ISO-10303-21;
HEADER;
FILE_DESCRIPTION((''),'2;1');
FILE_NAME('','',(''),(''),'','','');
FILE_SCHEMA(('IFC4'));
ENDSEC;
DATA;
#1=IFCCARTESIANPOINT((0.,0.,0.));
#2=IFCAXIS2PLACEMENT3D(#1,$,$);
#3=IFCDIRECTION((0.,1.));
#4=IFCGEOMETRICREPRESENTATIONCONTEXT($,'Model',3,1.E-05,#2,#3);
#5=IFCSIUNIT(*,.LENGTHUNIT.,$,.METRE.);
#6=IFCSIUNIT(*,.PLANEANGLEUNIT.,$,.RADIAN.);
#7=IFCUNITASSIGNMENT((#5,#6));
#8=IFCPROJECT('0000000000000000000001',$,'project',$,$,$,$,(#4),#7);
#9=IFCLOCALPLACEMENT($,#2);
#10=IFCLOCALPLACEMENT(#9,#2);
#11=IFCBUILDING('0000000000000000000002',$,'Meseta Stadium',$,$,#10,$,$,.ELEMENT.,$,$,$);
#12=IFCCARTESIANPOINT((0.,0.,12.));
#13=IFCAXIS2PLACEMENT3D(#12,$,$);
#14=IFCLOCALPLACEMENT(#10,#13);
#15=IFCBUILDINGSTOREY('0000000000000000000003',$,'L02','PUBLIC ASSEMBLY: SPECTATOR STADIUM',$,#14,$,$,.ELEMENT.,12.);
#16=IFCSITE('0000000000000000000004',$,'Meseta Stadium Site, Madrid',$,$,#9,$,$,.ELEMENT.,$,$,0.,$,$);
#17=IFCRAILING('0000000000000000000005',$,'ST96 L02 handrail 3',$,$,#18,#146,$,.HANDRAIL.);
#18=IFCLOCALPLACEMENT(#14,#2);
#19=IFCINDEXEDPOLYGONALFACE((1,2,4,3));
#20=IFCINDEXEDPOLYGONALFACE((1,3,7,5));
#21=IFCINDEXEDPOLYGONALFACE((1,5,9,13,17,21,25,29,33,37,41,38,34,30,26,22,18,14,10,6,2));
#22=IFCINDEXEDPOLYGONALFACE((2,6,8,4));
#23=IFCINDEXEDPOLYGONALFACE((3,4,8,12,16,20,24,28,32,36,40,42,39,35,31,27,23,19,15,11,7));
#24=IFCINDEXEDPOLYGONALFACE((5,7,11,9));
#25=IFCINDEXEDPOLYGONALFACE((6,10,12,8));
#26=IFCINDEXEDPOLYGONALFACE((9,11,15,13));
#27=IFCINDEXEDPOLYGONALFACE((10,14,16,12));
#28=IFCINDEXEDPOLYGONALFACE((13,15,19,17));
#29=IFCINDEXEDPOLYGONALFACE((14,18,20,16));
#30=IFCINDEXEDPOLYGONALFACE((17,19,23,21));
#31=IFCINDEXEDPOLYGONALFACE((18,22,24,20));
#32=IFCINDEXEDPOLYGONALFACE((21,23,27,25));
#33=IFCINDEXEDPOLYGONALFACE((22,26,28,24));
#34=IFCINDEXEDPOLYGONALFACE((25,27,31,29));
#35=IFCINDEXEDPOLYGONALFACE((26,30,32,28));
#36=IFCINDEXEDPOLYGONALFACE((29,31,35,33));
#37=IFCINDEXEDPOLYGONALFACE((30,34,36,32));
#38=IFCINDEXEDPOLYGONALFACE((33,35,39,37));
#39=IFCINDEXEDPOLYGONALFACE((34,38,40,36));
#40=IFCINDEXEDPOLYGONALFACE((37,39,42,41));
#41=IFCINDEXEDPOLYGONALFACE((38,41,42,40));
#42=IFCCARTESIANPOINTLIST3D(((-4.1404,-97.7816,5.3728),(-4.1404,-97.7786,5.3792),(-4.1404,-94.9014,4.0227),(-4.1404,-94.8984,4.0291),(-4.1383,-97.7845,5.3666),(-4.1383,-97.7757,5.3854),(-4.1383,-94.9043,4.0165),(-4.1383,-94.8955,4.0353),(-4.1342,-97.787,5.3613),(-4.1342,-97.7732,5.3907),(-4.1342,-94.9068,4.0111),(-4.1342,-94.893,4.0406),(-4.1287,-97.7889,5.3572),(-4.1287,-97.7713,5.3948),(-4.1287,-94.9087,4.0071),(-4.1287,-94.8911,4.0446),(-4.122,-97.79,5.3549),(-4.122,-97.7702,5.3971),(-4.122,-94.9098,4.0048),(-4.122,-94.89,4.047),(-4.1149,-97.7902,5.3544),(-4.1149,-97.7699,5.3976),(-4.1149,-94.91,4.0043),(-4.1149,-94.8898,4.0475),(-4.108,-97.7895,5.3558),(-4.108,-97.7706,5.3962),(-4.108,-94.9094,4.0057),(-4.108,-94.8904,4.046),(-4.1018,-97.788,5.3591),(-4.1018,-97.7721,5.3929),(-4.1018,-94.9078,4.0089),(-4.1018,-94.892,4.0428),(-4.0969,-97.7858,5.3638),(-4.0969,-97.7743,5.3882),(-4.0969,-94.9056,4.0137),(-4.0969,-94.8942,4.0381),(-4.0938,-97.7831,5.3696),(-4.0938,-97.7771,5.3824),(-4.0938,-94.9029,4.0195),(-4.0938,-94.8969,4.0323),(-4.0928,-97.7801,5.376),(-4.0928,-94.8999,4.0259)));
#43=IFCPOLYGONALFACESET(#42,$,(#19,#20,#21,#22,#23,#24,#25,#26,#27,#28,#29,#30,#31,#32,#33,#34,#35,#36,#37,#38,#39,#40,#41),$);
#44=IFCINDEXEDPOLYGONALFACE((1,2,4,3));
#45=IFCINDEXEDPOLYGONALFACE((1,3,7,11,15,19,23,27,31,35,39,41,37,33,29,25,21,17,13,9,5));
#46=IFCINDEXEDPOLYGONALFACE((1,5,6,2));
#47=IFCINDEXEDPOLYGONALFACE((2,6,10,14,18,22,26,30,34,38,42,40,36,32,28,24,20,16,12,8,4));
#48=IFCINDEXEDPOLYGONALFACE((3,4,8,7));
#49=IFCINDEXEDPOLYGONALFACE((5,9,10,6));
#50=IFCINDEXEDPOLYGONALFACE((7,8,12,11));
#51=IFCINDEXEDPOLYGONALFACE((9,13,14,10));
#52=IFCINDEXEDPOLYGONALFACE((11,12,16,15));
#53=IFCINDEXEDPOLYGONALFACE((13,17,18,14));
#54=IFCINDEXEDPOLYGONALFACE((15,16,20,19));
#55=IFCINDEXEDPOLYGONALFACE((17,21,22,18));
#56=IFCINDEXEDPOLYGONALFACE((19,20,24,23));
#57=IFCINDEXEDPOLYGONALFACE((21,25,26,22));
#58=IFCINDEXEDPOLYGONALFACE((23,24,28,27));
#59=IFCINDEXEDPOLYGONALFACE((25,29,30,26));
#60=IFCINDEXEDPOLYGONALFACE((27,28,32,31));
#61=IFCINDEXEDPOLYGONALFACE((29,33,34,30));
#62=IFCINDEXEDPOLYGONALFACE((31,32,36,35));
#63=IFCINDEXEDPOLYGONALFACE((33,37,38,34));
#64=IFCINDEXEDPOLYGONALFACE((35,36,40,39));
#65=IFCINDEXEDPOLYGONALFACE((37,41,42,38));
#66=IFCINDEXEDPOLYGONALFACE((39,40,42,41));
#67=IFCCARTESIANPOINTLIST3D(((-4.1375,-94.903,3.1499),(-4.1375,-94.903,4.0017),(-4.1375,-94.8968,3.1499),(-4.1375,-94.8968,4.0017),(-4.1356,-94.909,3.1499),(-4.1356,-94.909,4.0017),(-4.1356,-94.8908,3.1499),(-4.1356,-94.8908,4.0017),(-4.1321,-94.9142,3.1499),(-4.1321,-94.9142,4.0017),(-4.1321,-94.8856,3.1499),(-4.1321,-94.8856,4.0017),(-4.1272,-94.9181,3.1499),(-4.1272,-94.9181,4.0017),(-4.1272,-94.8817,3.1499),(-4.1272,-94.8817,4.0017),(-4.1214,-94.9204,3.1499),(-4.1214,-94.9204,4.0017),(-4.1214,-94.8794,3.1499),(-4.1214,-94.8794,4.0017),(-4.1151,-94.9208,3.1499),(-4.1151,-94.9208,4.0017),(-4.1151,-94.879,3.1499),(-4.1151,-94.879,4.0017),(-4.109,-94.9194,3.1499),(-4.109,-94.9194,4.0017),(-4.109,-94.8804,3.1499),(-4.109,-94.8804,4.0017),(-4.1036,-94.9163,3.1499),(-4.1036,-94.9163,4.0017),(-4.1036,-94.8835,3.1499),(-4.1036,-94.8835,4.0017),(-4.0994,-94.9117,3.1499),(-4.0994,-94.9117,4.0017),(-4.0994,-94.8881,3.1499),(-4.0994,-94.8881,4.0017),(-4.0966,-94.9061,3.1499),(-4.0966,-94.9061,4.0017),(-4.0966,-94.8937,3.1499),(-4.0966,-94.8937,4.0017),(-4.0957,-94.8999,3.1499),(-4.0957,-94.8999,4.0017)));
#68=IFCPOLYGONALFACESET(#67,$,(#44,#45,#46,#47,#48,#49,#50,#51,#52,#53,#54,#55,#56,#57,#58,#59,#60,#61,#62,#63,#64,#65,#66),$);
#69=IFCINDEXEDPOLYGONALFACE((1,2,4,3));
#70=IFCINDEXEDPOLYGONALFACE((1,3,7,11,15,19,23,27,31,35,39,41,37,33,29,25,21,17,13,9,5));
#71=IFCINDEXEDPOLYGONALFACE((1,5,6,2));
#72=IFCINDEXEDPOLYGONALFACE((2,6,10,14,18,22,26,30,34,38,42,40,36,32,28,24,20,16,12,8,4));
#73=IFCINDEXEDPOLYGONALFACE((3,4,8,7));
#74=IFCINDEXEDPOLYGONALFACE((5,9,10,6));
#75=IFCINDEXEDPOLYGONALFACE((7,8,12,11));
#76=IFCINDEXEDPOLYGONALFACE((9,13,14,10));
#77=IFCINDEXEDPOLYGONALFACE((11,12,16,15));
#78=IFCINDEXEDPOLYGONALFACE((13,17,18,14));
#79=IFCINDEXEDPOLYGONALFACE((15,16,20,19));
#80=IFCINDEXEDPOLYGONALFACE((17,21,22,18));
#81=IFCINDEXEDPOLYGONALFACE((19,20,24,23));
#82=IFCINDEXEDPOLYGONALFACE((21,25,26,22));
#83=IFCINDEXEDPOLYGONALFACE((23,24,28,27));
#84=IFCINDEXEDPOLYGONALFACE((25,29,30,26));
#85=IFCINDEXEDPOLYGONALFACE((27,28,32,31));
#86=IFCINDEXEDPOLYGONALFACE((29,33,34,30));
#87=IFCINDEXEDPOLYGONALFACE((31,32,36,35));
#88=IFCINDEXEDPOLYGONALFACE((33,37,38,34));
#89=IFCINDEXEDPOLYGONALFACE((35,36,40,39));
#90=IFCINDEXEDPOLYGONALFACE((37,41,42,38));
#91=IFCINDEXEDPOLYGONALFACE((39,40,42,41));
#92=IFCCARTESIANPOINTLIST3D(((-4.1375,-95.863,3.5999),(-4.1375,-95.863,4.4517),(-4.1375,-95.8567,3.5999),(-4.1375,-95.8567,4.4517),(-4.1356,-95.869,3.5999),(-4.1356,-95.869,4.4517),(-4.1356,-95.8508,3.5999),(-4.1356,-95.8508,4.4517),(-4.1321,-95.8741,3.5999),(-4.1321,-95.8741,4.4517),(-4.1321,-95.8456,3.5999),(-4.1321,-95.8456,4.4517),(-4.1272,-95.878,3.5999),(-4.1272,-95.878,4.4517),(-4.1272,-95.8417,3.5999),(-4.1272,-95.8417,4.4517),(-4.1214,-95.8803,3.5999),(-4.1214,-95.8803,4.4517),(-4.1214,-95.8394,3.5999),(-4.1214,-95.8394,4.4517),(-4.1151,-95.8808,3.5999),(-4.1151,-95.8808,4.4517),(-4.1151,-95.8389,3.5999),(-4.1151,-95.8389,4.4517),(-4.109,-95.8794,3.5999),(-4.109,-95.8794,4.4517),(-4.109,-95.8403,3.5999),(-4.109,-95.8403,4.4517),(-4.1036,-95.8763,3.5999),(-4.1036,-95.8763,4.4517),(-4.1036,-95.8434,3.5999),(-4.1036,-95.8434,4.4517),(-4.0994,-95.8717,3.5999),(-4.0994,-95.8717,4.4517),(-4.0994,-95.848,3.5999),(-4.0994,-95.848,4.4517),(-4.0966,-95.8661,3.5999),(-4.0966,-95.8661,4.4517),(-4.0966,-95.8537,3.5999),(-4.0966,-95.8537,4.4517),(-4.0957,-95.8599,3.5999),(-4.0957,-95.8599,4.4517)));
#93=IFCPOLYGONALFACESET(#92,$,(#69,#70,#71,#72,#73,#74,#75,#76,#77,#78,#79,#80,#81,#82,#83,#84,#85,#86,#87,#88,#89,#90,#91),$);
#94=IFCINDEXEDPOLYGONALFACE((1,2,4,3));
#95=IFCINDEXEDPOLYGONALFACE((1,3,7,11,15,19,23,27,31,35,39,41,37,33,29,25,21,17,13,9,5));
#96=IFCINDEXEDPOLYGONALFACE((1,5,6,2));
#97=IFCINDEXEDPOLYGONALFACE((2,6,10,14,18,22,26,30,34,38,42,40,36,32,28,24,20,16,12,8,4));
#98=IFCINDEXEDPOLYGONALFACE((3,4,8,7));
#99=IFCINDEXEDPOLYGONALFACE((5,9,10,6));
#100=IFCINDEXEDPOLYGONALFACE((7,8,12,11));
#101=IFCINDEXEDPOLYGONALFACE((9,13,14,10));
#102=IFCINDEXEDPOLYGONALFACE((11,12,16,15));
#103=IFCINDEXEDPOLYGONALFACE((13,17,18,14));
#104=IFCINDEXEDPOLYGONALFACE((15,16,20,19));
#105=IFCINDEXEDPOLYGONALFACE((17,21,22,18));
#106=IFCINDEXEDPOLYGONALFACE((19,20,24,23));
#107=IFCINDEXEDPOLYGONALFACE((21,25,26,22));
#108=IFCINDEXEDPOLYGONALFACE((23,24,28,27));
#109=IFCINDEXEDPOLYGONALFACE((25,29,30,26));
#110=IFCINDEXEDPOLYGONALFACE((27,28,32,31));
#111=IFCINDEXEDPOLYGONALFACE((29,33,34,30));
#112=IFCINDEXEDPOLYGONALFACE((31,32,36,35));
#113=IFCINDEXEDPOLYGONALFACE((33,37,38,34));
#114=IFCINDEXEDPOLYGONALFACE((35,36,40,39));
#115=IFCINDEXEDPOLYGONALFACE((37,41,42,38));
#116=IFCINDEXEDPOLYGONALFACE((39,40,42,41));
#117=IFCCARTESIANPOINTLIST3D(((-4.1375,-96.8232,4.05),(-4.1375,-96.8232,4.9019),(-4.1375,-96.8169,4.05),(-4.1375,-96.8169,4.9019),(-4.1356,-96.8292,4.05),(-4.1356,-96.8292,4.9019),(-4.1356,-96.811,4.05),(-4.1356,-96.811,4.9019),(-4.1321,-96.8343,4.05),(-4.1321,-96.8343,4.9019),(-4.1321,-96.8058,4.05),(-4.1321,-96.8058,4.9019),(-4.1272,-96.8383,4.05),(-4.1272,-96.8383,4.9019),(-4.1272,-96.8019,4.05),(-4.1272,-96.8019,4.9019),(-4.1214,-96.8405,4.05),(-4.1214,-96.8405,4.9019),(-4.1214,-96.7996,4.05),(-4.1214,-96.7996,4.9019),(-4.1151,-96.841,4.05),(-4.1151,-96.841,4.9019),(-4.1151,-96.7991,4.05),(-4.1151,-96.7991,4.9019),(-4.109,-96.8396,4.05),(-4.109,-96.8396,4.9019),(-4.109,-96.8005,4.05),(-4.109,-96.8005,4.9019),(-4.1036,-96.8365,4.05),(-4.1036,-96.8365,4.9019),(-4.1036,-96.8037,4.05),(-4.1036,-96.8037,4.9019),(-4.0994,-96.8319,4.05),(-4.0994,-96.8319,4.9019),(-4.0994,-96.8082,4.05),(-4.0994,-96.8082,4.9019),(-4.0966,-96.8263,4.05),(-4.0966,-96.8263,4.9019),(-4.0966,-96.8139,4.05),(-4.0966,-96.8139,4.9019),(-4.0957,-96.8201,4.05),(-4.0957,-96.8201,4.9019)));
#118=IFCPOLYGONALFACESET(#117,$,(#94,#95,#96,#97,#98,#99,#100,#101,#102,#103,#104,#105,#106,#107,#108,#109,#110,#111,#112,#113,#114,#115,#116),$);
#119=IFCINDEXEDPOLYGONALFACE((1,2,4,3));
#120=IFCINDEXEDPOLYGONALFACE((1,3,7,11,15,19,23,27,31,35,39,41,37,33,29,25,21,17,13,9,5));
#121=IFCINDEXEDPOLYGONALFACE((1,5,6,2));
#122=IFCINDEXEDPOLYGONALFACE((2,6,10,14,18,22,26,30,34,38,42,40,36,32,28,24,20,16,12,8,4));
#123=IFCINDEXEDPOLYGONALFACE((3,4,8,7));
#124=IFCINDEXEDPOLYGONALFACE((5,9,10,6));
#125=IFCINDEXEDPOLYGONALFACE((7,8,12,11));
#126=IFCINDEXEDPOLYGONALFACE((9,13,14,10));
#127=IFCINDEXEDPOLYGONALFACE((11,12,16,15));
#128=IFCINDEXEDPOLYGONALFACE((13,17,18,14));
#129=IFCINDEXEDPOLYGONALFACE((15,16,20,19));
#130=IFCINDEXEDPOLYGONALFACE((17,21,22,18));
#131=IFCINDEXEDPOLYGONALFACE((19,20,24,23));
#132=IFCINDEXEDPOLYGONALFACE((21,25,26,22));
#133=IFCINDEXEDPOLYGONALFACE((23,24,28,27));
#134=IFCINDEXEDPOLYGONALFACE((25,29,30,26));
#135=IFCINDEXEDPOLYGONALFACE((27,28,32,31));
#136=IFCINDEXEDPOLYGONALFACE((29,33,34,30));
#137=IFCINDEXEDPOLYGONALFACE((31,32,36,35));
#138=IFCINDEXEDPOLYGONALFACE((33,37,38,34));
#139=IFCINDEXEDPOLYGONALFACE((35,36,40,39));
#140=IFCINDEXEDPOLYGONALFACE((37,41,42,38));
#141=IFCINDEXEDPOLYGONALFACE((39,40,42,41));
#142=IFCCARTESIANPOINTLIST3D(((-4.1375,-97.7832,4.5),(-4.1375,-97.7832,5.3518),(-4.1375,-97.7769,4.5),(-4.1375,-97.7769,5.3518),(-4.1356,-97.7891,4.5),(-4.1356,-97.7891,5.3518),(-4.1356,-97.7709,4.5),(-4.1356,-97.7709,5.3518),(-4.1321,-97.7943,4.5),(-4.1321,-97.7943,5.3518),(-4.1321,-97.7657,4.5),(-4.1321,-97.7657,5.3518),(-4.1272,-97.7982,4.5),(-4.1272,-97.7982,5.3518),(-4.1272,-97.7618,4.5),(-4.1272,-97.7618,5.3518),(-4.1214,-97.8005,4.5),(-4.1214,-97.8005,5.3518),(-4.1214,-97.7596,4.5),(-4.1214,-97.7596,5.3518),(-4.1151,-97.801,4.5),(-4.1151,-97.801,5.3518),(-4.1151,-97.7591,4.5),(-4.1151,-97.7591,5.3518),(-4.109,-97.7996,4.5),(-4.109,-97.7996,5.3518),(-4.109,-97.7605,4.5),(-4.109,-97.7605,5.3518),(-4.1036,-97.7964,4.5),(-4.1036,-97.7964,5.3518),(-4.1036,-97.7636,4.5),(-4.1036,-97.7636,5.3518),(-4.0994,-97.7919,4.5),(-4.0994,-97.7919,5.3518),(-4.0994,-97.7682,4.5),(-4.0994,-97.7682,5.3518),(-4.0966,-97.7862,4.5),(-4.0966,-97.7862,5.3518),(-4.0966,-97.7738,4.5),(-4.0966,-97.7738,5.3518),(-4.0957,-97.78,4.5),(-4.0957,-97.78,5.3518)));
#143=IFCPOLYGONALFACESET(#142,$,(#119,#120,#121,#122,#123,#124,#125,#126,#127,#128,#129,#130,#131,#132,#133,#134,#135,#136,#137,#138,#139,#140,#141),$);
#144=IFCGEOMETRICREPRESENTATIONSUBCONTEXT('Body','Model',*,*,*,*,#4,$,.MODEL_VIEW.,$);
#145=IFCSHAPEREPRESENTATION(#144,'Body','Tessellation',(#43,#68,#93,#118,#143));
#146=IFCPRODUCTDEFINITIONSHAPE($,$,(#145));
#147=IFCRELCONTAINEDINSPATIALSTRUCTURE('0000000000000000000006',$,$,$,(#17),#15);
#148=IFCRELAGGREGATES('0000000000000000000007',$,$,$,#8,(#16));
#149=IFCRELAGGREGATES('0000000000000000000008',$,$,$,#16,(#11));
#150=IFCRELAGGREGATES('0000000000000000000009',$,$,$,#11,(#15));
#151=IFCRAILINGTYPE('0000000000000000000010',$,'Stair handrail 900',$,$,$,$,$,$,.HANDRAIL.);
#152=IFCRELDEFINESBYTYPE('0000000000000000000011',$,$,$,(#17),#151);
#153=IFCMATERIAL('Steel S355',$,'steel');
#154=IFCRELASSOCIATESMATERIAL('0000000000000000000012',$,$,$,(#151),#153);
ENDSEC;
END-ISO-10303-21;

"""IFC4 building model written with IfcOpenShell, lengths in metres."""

from ifc_helpers import new_model, si_unit, direction, frame, origin, origin_2d, place, context, subcontext, project, spatial, circle, extrude, material, type_object, element, save


model = new_model("IFC4")

# Units and contexts
model_context = context("Model", 3, precision=1e-05, world=origin(), true_north=direction((0.0, 1.0)))
body_context = subcontext(model_context, "Body", "Model", "MODEL_VIEW")
ifc_project = project(units=[si_unit("LENGTHUNIT", "METRE"), si_unit("PLANEANGLEUNIT", "RADIAN")], contexts=[model_context])

# Site, building, storey
site_placement = place(None, origin())
site = spatial("IfcSite", under=ifc_project, at=site_placement, Name="Meseta Stadium Site, Madrid", CompositionType="ELEMENT", RefElevation=0.0)
building_placement = place(site_placement, origin())
building = spatial("IfcBuilding", under=site, at=building_placement, Name="Meseta Stadium", CompositionType="ELEMENT")
storey_placement = place(building_placement, frame((0.0, 0.0, 12.0)))
storey = spatial("IfcBuildingStorey", under=building, at=storey_placement, Name="L02", Description="PUBLIC ASSEMBLY: SPECTATOR STADIUM", CompositionType="ELEMENT", Elevation=12.0)

# Railing
ifc_material_1 = material(Name="Steel S355", Category="steel")
railing_type_1 = type_object("IfcRailingType", Name="Stair handrail 900", PredefinedType="HANDRAIL", material=ifc_material_1)
railing_1_placement = place(storey_placement, frame((-4.1167, -94.8999, 3.1499)))
element("IfcRailing", 1, at=railing_1_placement, inside=storey, type_object=railing_type_1, Name="ST96 L02 handrail 3", PredefinedType="HANDRAIL", context=body_context, shape_type="SweptSolid", body=[
    extrude(circle(Radius=0.0239, at=origin_2d()), frame((0.0, 0.0, 0.876), z_axis=(0.0, -0.905454, 0.424444), x_axis=(1.0, 0.0, 0.0)), (0.0, 0.0, 1.0), 3.1809),
    extrude(circle(Radius=0.021, at=origin_2d()), origin(), (0.0, 0.0, 1.0), 0.8518),
    extrude(circle(Radius=0.021, at=origin_2d()), frame((0.0, -0.96, 0.45)), (0.0, 0.0, 1.0), 0.8518),
    extrude(circle(Radius=0.021, at=origin_2d()), frame((0.0, -1.9202, 0.9001)), (0.0, 0.0, 1.0), 0.8518),
    extrude(circle(Radius=0.021, at=origin_2d()), frame((0.0, -2.8801, 1.3501)), (0.0, 0.0, 1.0), 0.8518),
])

save(model, "model.ifc")
